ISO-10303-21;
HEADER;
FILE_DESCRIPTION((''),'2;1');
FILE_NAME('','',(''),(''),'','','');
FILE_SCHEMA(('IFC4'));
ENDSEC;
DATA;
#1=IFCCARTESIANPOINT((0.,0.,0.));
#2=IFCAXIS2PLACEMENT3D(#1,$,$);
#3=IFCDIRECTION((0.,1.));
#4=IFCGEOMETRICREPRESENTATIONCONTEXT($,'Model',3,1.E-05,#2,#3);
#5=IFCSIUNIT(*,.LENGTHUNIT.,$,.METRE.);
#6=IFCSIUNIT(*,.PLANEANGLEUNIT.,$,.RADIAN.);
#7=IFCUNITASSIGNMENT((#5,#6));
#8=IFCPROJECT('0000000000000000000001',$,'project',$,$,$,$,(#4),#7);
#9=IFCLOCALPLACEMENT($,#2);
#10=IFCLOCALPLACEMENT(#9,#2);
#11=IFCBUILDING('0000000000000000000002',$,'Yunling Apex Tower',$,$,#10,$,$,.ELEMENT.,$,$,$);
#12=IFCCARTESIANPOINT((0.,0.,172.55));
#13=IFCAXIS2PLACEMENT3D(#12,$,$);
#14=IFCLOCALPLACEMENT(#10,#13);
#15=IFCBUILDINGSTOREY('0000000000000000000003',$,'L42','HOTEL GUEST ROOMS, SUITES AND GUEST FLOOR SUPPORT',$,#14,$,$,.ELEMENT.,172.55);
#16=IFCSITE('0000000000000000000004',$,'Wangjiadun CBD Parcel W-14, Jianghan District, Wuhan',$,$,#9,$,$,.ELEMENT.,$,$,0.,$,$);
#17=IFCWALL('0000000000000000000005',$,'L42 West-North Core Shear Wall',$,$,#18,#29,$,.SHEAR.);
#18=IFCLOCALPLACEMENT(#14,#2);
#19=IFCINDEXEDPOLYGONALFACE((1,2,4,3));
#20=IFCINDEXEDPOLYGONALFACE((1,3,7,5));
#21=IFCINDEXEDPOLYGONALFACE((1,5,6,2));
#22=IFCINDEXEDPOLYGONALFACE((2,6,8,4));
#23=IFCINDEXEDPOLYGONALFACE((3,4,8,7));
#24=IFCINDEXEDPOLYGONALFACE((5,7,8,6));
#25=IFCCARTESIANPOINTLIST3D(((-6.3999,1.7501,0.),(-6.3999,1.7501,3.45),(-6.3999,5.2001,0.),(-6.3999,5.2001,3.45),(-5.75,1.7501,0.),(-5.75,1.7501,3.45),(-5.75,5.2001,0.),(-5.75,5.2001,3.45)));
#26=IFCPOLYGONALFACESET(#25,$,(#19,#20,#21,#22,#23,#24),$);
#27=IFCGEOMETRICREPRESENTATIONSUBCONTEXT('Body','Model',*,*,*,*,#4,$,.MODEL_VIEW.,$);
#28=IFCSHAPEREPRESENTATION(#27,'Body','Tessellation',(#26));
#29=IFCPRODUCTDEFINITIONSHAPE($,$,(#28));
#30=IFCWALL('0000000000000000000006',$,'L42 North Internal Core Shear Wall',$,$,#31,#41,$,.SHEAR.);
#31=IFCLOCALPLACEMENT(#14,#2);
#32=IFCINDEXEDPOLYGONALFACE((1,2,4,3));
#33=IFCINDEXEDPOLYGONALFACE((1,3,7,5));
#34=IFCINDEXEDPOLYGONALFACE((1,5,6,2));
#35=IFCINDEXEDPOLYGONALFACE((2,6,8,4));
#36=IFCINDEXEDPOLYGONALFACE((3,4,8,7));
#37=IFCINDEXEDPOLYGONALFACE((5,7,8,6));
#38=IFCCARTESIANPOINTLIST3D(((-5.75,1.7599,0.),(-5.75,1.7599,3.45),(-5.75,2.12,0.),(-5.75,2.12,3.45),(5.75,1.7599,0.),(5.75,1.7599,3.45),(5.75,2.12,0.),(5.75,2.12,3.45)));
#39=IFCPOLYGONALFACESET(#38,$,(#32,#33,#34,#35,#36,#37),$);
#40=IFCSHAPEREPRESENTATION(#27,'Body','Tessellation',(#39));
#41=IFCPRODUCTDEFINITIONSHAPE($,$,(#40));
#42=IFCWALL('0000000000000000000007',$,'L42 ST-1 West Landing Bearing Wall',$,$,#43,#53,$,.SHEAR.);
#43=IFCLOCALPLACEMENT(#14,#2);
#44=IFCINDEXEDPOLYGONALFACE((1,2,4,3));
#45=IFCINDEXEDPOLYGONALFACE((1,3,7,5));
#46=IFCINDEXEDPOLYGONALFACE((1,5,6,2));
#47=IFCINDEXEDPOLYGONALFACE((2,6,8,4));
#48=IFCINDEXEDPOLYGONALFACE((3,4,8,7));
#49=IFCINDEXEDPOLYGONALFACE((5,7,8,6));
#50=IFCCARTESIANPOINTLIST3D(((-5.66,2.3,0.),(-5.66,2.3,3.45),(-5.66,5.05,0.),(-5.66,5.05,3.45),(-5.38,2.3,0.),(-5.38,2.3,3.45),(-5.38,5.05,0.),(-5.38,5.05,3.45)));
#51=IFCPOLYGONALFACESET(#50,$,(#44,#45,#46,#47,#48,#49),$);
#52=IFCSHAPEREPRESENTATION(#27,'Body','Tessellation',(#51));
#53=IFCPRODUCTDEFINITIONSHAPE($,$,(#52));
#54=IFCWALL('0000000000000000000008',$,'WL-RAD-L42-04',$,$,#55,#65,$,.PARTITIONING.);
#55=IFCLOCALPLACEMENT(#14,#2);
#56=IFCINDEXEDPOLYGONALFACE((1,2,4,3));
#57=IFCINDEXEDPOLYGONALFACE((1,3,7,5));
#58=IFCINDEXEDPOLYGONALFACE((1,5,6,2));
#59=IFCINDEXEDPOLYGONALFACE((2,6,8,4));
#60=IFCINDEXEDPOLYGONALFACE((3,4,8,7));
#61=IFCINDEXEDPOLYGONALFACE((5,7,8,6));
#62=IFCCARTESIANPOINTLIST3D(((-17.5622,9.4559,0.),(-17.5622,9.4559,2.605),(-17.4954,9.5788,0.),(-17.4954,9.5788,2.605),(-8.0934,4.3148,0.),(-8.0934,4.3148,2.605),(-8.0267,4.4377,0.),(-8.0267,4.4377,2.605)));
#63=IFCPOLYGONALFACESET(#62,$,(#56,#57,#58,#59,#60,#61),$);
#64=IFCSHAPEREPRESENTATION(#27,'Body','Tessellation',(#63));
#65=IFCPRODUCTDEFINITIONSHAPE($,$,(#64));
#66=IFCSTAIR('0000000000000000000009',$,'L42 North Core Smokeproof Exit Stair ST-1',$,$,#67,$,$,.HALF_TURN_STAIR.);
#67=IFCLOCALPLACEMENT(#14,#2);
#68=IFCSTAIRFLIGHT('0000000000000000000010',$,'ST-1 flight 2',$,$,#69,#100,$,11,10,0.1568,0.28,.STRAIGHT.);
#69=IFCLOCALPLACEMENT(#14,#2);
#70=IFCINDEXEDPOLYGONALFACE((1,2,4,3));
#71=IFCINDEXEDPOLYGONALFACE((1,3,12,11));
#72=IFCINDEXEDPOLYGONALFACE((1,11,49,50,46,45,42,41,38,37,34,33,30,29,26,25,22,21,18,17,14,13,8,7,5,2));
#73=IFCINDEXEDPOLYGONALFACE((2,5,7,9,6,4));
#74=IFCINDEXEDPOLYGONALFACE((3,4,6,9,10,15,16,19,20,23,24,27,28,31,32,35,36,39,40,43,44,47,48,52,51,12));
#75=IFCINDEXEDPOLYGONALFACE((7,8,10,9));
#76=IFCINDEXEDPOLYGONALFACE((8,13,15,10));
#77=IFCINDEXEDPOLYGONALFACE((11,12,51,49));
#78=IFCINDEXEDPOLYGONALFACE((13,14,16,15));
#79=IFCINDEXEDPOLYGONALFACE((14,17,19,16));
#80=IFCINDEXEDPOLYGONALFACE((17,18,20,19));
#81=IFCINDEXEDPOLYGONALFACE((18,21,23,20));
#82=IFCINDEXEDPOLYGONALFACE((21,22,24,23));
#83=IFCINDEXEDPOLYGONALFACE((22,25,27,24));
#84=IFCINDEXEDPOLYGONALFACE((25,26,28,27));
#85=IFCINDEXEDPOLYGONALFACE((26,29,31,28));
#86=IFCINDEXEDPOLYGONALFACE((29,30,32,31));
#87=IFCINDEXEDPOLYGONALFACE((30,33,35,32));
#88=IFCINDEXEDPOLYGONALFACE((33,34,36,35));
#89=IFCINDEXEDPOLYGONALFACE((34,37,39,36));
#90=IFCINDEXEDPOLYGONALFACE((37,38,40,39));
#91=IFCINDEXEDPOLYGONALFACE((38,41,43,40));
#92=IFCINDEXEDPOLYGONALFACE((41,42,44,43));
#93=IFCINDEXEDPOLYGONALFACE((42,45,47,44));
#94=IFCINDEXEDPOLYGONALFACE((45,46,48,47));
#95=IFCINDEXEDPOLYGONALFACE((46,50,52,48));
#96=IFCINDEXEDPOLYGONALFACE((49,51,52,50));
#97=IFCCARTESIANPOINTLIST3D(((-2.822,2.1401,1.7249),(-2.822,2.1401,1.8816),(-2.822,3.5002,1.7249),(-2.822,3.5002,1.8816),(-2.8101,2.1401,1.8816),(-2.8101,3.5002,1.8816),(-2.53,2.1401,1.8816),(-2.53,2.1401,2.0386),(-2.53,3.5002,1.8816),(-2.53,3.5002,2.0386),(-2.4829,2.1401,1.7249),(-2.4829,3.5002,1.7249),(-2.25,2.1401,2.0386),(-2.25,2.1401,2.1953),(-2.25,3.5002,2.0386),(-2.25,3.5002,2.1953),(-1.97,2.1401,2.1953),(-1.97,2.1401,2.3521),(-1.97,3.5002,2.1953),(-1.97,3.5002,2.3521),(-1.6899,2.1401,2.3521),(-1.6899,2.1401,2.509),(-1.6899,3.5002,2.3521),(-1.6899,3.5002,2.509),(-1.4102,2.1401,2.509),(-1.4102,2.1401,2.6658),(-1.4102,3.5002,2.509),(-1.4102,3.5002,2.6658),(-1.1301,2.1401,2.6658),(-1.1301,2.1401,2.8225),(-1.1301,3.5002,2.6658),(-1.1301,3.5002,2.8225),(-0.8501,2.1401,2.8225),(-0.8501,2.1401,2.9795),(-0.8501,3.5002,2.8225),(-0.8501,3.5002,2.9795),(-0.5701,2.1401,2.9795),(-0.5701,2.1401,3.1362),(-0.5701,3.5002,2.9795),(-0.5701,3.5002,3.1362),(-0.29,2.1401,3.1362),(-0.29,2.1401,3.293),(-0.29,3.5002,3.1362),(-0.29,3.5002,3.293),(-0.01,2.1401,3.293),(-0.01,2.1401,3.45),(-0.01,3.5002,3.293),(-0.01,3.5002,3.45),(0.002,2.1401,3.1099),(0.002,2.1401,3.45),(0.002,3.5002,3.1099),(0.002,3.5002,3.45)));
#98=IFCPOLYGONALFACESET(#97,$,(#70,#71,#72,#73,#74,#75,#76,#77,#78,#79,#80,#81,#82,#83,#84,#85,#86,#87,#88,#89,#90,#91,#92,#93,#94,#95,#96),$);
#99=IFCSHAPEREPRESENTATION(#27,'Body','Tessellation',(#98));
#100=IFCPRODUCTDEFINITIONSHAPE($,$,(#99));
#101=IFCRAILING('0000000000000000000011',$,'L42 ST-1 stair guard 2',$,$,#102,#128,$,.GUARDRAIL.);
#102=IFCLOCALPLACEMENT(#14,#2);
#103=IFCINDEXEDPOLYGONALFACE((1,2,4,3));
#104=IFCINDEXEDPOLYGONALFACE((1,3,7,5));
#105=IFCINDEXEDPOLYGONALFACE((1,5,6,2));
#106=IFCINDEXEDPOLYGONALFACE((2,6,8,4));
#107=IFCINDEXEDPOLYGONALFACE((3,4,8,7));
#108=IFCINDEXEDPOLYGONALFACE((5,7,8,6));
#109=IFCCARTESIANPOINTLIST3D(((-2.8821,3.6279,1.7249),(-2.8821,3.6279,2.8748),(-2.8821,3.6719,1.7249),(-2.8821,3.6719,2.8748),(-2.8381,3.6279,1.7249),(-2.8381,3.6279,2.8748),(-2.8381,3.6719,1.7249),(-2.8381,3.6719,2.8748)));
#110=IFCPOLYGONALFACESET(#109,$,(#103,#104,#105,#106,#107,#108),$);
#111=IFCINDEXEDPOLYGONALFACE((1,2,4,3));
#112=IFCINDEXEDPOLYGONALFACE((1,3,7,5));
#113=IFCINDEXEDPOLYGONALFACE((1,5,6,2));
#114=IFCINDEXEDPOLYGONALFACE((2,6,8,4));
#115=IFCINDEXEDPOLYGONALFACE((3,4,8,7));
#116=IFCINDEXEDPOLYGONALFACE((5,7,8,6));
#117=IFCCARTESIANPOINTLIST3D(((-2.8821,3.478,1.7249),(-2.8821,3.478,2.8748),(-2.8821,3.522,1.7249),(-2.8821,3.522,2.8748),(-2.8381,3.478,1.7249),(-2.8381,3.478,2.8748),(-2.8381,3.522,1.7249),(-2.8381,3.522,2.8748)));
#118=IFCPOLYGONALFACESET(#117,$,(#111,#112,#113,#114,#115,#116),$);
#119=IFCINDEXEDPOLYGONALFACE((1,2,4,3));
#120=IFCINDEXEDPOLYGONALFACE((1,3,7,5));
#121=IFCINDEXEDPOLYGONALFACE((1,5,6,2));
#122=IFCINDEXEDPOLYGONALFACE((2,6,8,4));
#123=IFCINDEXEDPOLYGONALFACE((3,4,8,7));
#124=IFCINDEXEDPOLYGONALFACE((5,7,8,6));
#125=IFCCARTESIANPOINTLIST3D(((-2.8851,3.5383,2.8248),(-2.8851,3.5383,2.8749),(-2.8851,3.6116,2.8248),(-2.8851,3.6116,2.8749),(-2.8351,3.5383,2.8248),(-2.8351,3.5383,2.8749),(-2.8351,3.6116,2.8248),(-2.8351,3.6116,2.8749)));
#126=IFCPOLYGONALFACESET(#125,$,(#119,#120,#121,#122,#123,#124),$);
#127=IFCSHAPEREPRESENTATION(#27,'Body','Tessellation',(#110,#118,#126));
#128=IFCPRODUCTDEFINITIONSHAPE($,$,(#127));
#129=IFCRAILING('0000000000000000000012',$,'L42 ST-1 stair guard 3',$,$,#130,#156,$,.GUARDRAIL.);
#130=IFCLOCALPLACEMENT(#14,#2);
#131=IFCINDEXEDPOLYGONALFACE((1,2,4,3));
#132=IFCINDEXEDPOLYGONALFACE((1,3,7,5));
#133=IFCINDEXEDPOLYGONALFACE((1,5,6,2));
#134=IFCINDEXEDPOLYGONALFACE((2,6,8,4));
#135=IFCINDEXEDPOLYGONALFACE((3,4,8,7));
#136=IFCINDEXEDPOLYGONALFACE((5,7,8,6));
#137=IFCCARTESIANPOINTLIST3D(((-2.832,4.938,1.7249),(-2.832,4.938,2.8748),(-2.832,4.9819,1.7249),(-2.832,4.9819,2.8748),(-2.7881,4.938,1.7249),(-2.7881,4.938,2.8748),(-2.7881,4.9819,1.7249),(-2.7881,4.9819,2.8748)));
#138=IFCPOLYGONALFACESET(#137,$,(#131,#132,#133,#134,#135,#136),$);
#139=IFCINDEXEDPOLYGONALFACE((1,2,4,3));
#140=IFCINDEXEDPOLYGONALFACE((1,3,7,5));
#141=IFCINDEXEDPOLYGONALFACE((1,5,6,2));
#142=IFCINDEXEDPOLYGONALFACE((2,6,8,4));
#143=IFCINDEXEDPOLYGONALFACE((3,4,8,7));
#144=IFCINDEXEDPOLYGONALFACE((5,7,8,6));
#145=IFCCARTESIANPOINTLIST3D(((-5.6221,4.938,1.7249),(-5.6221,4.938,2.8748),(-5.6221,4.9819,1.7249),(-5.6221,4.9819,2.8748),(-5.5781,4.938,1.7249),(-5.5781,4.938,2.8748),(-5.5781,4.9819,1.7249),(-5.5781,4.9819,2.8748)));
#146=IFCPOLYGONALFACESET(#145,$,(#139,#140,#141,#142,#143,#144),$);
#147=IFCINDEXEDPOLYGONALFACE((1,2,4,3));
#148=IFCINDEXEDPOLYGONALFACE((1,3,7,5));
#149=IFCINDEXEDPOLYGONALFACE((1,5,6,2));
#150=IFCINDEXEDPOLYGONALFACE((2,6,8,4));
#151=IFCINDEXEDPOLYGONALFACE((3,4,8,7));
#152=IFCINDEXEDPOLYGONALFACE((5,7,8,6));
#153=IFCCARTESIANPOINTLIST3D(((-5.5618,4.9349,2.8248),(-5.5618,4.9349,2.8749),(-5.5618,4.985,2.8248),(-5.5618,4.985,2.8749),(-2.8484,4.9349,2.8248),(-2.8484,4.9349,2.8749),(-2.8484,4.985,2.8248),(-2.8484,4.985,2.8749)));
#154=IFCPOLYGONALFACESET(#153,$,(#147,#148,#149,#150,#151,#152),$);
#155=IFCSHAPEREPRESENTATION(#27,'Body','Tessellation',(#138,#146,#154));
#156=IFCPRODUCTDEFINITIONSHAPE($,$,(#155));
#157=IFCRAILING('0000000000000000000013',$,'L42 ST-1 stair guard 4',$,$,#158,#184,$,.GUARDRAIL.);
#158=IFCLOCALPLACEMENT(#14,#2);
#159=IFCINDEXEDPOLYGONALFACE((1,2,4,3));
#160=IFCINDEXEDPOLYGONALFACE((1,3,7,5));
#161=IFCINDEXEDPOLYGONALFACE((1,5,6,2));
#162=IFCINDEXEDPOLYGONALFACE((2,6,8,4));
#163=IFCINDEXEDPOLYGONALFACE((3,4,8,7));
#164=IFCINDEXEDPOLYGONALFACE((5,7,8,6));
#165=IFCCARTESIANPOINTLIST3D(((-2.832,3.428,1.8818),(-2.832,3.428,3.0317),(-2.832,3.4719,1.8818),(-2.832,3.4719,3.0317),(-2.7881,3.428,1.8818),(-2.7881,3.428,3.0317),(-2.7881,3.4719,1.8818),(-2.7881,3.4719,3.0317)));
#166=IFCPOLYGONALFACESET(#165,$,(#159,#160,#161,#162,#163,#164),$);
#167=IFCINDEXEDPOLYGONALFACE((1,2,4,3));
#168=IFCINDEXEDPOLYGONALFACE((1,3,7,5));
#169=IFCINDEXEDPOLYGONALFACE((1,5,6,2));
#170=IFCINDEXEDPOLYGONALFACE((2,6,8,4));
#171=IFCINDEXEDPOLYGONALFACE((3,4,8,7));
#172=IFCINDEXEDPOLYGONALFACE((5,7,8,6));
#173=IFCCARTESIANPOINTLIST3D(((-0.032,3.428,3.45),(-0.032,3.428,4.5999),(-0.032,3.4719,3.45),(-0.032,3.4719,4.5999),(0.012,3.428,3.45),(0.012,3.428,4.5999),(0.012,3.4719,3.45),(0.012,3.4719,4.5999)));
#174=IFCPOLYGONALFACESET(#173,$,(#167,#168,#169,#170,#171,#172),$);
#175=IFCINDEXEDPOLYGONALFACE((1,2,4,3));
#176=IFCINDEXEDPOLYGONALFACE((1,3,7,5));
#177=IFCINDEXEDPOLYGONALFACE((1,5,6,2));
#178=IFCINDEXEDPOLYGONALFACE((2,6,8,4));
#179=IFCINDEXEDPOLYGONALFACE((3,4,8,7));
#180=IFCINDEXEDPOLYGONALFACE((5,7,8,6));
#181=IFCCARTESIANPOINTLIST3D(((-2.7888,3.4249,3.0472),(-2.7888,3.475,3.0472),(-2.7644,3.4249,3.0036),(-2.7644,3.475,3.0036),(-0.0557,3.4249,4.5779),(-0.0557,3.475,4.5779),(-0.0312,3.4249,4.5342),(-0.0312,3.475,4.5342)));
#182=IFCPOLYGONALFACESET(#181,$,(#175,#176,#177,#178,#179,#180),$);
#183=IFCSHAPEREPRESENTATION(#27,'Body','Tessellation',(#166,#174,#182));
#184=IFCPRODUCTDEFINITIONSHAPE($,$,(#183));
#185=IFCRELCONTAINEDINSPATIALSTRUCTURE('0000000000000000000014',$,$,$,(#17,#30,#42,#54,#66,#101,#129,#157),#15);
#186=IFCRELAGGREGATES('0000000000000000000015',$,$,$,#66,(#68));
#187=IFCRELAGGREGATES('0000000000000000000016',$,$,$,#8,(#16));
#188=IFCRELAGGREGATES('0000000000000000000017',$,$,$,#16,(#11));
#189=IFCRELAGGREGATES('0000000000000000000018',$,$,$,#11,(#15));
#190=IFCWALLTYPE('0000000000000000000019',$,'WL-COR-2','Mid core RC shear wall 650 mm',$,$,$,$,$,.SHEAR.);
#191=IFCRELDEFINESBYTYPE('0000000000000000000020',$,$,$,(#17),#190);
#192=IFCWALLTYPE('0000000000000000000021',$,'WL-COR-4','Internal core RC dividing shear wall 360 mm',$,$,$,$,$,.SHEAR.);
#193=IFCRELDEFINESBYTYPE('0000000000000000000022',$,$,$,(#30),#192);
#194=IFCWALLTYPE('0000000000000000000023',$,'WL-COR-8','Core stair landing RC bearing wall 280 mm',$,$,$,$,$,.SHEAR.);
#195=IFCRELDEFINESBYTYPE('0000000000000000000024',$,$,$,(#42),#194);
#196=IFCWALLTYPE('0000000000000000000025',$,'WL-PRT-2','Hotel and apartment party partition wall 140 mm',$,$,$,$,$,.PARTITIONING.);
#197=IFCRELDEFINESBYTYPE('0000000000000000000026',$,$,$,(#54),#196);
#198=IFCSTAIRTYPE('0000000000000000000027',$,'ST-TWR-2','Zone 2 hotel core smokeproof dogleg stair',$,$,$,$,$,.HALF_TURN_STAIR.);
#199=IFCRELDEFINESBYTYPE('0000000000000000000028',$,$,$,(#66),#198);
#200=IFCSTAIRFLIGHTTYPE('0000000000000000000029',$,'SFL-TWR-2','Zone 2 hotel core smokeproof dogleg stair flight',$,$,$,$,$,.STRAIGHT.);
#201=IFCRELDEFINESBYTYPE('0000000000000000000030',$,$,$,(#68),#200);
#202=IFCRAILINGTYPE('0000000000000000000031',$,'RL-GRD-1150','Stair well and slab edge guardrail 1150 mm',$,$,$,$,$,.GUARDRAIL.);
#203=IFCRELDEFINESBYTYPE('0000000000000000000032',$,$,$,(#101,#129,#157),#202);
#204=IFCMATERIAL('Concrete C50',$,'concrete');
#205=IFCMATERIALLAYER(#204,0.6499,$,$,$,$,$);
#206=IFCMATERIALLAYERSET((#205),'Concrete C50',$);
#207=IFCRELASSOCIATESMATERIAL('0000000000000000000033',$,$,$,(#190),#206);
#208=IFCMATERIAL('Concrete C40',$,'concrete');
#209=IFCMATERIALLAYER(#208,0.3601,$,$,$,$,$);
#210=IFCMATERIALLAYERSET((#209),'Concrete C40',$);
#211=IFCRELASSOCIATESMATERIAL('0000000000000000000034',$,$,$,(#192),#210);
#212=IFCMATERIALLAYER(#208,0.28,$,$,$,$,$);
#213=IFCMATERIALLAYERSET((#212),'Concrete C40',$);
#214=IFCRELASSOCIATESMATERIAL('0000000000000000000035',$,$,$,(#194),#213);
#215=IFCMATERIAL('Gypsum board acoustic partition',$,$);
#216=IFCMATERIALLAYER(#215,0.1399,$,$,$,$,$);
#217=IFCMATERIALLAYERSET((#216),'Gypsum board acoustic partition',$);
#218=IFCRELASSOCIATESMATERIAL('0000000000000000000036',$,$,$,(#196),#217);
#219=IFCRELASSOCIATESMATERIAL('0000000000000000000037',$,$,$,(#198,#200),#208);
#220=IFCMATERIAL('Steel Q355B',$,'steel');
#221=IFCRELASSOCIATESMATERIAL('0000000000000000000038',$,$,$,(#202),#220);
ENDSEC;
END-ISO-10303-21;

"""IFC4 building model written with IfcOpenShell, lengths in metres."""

from ifc_helpers import new_model, si_unit, direction, frame, frame_2d, origin, origin_2d, place, context, subcontext, project, spatial, polyline, rectangle, outline, extrude, material, layer, layer_set, type_object, element, aggregate, save


model = new_model("IFC4")

# Units and contexts
model_context = context("Model", 3, precision=1e-05, world=origin(), true_north=direction((0.0, 1.0)))
body_context = subcontext(model_context, "Body", "Model", "MODEL_VIEW")
ifc_project = project(units=[si_unit("LENGTHUNIT", "METRE"), si_unit("PLANEANGLEUNIT", "RADIAN")], contexts=[model_context])

# Site, building, storey
site_placement = place(None, origin())
site = spatial("IfcSite", under=ifc_project, at=site_placement, Name="Wangjiadun CBD Parcel W-14, Jianghan District, Wuhan", CompositionType="ELEMENT", RefElevation=0.0)
building_placement = place(site_placement, origin())
building = spatial("IfcBuilding", under=site, at=building_placement, Name="Yunling Apex Tower", CompositionType="ELEMENT")
storey_placement = place(building_placement, frame((0.0, 0.0, 172.55)))
storey = spatial("IfcBuildingStorey", under=building, at=storey_placement, Name="L42", Description="HOTEL GUEST ROOMS, SUITES AND GUEST FLOOR SUPPORT", CompositionType="ELEMENT", Elevation=172.55)

# Shared definitions
ifc_material_1 = material(Name="Concrete C50", Category="concrete")

# Shared definitions
ifc_material_2 = material(Name="Steel Q355B", Category="steel")

# Shared definitions
ifc_layer_1 = layer(ifc_material_1, 0.6499)
ifc_layer_set_1 = layer_set([ifc_layer_1], Name="Concrete C50")
wall_type_1 = type_object("IfcWallType", Name="WL-COR-2", Description="Mid core RC shear wall 650 mm", PredefinedType="SHEAR", material=ifc_layer_set_1)

# Walls
wall_1_placement = place(storey_placement, frame((-6.075, 1.75, 0.0), z_axis=(0.0, 0.0, 1.0), x_axis=(0.0, 1.0, 0.0)))
element("IfcWall", 1, at=wall_1_placement, inside=storey, type_object=wall_type_1, Name="L42 West-North Core Shear Wall", PredefinedType="SHEAR", context=body_context, shape_type="SweptSolid", body=[
    extrude(rectangle(XDim=3.45, YDim=0.6499, at=frame_2d((1.7251, 0.0))), origin(), (0.0, 0.0, 1.0), 3.45),
])
ifc_material_3 = material(Name="Concrete C40", Category="concrete")
ifc_layer_2 = layer(ifc_material_3, 0.3601)
ifc_layer_set_2 = layer_set([ifc_layer_2], Name="Concrete C40")
wall_type_2 = type_object("IfcWallType", Name="WL-COR-4", Description="Internal core RC dividing shear wall 360 mm", PredefinedType="SHEAR", material=ifc_layer_set_2)
wall_2_placement = place(storey_placement, frame((-5.75, 1.9399, 0.0), z_axis=(0.0, 0.0, 1.0), x_axis=(1.0, 0.0, 0.0)))
element("IfcWall", 2, at=wall_2_placement, inside=storey, type_object=wall_type_2, Name="L42 North Internal Core Shear Wall", PredefinedType="SHEAR", context=body_context, shape_type="SweptSolid", body=[
    extrude(rectangle(XDim=11.5, YDim=0.3601, at=frame_2d((5.75, 0.0))), origin(), (0.0, 0.0, 1.0), 3.45),
])
ifc_layer_3 = layer(ifc_material_3, 0.28)
ifc_layer_set_3 = layer_set([ifc_layer_3], Name="Concrete C40")
wall_type_3 = type_object("IfcWallType", Name="WL-COR-8", Description="Core stair landing RC bearing wall 280 mm", PredefinedType="SHEAR", material=ifc_layer_set_3)
wall_3_placement = place(storey_placement, frame((-5.52, 2.3, 0.0), z_axis=(0.0, 0.0, 1.0), x_axis=(0.0, 1.0, 0.0)))
element("IfcWall", 3, at=wall_3_placement, inside=storey, type_object=wall_type_3, Name="L42 ST-1 West Landing Bearing Wall", PredefinedType="SHEAR", context=body_context, shape_type="SweptSolid", body=[
    extrude(rectangle(XDim=2.75, YDim=0.28, at=frame_2d((1.375, 0.0))), origin(), (0.0, 0.0, 1.0), 3.45),
])
ifc_material_4 = material(Name="Gypsum board acoustic partition")
ifc_layer_4 = layer(ifc_material_4, 0.1399)
ifc_layer_set_4 = layer_set([ifc_layer_4], Name="Gypsum board acoustic partition")
wall_type_4 = type_object("IfcWallType", Name="WL-PRT-2", Description="Hotel and apartment party partition wall 140 mm", PredefinedType="PARTITIONING", material=ifc_layer_set_4)
wall_4_placement = place(storey_placement, frame((-8.0601, 4.3762, 0.0), z_axis=(0.0, 0.0, 1.0), x_axis=(-0.878817, 0.477159, 0.0)))
element("IfcWall", 4, at=wall_4_placement, inside=storey, type_object=wall_type_4, Name="WL-RAD-L42-04", PredefinedType="PARTITIONING", context=body_context, shape_type="SweptSolid", body=[
    extrude(rectangle(XDim=10.7744, YDim=0.1399, at=frame_2d((5.3872, 0.0))), origin(), (0.0, 0.0, 1.0), 2.605),
])

# Stair, stair flight
stair_type = type_object("IfcStairType", Name="ST-TWR-2", Description="Zone 2 hotel core smokeproof dogleg stair", PredefinedType="HALF_TURN_STAIR", material=ifc_material_3)
stair_placement = place(storey_placement, origin())
stair = element("IfcStair", 5, at=stair_placement, inside=storey, type_object=stair_type, Name="L42 North Core Smokeproof Exit Stair ST-1", PredefinedType="HALF_TURN_STAIR")
stair_flight_type = type_object("IfcStairFlightType", Name="SFL-TWR-2", Description="Zone 2 hotel core smokeproof dogleg stair flight", PredefinedType="STRAIGHT", material=ifc_material_3)
stair_flight_placement = place(storey_placement, frame((-2.8101, 2.8201, 1.7249), z_axis=(0.0, 0.0, 1.0), x_axis=(1.0, 0.0, 0.0)))
stair_flight = element("IfcStairFlight", 6, at=stair_flight_placement, type_object=stair_flight_type, Name="ST-1 flight 2", NumberOfRisers=11, NumberOfTreads=10, PredefinedType="STRAIGHT", RiserHeight=0.1568, TreadLength=0.28, context=body_context, shape_type="SweptSolid", body=[
    extrude(outline(polyline([(-0.012, 0.0), (-0.012, 0.1567), (0.0, 0.1567), (0.28, 0.1567), (0.28, 0.3137), (0.5601, 0.3137), (0.5601, 0.4705), (0.8401, 0.4705), (0.8401, 0.6272), (1.1201, 0.6272), (1.1201, 0.7842), (1.3999, 0.7842), (1.3999, 0.9409), (1.6799, 0.9409), (1.6799, 1.0977), (1.96, 1.0977), (1.96, 1.2546), (2.24, 1.2546), (2.24, 1.4114), (2.52, 1.4114), (2.52, 1.5681), (2.8, 1.5681), (2.8, 1.7251), (2.812, 1.7251), (2.812, 1.385), (0.3271, 0.0), (-0.012, 0.0)])), frame((0.0, 0.6802, 0.0), z_axis=(0.0, -1.0, 0.0), x_axis=(1.0, 0.0, 0.0)), (0.0, 0.0, 1.0), 1.3601),
])
aggregate(stair, [stair_flight])

# Railings
railing_type_1 = type_object("IfcRailingType", Name="RL-GRD-1150", Description="Stair well and slab edge guardrail 1150 mm", PredefinedType="GUARDRAIL", material=ifc_material_2)
railing_1_placement = place(storey_placement, frame((-2.8601, 3.6499, 1.7249)))
element("IfcRailing", 7, at=railing_1_placement, inside=storey, type_object=railing_type_1, Name="L42 ST-1 stair guard 2", PredefinedType="GUARDRAIL", context=body_context, shape_type="SweptSolid", body=[
    extrude(rectangle(XDim=0.0439, YDim=0.0439, at=origin_2d()), origin(), (0.0, 0.0, 1.0), 1.1499),
    extrude(rectangle(XDim=0.0439, YDim=0.0439, at=origin_2d()), frame((0.0, -0.1499, 0.0)), (0.0, 0.0, 1.0), 1.1499),
    extrude(rectangle(XDim=0.05, YDim=0.05, at=origin_2d()), frame((0.0, -0.0383, 1.125), z_axis=(0.0, -1.0, 0.0), x_axis=(1.0, 0.0, 0.0)), (0.0, 0.0, 1.0), 0.0732),
])
railing_2_placement = place(storey_placement, frame((-2.8101, 4.96, 1.7249)))
element("IfcRailing", 8, at=railing_2_placement, inside=storey, type_object=railing_type_1, Name="L42 ST-1 stair guard 3", PredefinedType="GUARDRAIL", context=body_context, shape_type="SweptSolid", body=[
    extrude(rectangle(XDim=0.0439, YDim=0.0439, at=origin_2d()), origin(), (0.0, 0.0, 1.0), 1.1499),
    extrude(rectangle(XDim=0.0439, YDim=0.0439, at=origin_2d()), frame((-2.79, 0.0, 0.0)), (0.0, 0.0, 1.0), 1.1499),
    extrude(rectangle(XDim=0.05, YDim=0.05, at=origin_2d()), frame((-0.0383, 0.0, 1.125), z_axis=(-1.0, 0.0, 0.0), x_axis=(0.0, -1.0, 0.0)), (0.0, 0.0, 1.0), 2.7134),
])
railing_3_placement = place(storey_placement, frame((-2.8101, 3.45, 1.8818)))
element("IfcRailing", 9, at=railing_3_placement, inside=storey, type_object=railing_type_1, Name="L42 ST-1 stair guard 4", PredefinedType="GUARDRAIL", context=body_context, shape_type="SweptSolid", body=[
    extrude(rectangle(XDim=0.0439, YDim=0.0439, at=origin_2d()), origin(), (0.0, 0.0, 1.0), 1.1499),
    extrude(rectangle(XDim=0.0439, YDim=0.0439, at=origin_2d()), frame((2.8, 0.0, 1.5681)), (0.0, 0.0, 1.0), 1.1499),
    extrude(rectangle(XDim=0.05, YDim=0.05, at=origin_2d()), frame((0.0334, 0.0, 1.1436), z_axis=(0.872494, 0.0, 0.488624), x_axis=(0.0, 1.0, 0.0)), (0.0, 0.0, 1.0), 3.1326),
])

save(model, "model.ifc")
